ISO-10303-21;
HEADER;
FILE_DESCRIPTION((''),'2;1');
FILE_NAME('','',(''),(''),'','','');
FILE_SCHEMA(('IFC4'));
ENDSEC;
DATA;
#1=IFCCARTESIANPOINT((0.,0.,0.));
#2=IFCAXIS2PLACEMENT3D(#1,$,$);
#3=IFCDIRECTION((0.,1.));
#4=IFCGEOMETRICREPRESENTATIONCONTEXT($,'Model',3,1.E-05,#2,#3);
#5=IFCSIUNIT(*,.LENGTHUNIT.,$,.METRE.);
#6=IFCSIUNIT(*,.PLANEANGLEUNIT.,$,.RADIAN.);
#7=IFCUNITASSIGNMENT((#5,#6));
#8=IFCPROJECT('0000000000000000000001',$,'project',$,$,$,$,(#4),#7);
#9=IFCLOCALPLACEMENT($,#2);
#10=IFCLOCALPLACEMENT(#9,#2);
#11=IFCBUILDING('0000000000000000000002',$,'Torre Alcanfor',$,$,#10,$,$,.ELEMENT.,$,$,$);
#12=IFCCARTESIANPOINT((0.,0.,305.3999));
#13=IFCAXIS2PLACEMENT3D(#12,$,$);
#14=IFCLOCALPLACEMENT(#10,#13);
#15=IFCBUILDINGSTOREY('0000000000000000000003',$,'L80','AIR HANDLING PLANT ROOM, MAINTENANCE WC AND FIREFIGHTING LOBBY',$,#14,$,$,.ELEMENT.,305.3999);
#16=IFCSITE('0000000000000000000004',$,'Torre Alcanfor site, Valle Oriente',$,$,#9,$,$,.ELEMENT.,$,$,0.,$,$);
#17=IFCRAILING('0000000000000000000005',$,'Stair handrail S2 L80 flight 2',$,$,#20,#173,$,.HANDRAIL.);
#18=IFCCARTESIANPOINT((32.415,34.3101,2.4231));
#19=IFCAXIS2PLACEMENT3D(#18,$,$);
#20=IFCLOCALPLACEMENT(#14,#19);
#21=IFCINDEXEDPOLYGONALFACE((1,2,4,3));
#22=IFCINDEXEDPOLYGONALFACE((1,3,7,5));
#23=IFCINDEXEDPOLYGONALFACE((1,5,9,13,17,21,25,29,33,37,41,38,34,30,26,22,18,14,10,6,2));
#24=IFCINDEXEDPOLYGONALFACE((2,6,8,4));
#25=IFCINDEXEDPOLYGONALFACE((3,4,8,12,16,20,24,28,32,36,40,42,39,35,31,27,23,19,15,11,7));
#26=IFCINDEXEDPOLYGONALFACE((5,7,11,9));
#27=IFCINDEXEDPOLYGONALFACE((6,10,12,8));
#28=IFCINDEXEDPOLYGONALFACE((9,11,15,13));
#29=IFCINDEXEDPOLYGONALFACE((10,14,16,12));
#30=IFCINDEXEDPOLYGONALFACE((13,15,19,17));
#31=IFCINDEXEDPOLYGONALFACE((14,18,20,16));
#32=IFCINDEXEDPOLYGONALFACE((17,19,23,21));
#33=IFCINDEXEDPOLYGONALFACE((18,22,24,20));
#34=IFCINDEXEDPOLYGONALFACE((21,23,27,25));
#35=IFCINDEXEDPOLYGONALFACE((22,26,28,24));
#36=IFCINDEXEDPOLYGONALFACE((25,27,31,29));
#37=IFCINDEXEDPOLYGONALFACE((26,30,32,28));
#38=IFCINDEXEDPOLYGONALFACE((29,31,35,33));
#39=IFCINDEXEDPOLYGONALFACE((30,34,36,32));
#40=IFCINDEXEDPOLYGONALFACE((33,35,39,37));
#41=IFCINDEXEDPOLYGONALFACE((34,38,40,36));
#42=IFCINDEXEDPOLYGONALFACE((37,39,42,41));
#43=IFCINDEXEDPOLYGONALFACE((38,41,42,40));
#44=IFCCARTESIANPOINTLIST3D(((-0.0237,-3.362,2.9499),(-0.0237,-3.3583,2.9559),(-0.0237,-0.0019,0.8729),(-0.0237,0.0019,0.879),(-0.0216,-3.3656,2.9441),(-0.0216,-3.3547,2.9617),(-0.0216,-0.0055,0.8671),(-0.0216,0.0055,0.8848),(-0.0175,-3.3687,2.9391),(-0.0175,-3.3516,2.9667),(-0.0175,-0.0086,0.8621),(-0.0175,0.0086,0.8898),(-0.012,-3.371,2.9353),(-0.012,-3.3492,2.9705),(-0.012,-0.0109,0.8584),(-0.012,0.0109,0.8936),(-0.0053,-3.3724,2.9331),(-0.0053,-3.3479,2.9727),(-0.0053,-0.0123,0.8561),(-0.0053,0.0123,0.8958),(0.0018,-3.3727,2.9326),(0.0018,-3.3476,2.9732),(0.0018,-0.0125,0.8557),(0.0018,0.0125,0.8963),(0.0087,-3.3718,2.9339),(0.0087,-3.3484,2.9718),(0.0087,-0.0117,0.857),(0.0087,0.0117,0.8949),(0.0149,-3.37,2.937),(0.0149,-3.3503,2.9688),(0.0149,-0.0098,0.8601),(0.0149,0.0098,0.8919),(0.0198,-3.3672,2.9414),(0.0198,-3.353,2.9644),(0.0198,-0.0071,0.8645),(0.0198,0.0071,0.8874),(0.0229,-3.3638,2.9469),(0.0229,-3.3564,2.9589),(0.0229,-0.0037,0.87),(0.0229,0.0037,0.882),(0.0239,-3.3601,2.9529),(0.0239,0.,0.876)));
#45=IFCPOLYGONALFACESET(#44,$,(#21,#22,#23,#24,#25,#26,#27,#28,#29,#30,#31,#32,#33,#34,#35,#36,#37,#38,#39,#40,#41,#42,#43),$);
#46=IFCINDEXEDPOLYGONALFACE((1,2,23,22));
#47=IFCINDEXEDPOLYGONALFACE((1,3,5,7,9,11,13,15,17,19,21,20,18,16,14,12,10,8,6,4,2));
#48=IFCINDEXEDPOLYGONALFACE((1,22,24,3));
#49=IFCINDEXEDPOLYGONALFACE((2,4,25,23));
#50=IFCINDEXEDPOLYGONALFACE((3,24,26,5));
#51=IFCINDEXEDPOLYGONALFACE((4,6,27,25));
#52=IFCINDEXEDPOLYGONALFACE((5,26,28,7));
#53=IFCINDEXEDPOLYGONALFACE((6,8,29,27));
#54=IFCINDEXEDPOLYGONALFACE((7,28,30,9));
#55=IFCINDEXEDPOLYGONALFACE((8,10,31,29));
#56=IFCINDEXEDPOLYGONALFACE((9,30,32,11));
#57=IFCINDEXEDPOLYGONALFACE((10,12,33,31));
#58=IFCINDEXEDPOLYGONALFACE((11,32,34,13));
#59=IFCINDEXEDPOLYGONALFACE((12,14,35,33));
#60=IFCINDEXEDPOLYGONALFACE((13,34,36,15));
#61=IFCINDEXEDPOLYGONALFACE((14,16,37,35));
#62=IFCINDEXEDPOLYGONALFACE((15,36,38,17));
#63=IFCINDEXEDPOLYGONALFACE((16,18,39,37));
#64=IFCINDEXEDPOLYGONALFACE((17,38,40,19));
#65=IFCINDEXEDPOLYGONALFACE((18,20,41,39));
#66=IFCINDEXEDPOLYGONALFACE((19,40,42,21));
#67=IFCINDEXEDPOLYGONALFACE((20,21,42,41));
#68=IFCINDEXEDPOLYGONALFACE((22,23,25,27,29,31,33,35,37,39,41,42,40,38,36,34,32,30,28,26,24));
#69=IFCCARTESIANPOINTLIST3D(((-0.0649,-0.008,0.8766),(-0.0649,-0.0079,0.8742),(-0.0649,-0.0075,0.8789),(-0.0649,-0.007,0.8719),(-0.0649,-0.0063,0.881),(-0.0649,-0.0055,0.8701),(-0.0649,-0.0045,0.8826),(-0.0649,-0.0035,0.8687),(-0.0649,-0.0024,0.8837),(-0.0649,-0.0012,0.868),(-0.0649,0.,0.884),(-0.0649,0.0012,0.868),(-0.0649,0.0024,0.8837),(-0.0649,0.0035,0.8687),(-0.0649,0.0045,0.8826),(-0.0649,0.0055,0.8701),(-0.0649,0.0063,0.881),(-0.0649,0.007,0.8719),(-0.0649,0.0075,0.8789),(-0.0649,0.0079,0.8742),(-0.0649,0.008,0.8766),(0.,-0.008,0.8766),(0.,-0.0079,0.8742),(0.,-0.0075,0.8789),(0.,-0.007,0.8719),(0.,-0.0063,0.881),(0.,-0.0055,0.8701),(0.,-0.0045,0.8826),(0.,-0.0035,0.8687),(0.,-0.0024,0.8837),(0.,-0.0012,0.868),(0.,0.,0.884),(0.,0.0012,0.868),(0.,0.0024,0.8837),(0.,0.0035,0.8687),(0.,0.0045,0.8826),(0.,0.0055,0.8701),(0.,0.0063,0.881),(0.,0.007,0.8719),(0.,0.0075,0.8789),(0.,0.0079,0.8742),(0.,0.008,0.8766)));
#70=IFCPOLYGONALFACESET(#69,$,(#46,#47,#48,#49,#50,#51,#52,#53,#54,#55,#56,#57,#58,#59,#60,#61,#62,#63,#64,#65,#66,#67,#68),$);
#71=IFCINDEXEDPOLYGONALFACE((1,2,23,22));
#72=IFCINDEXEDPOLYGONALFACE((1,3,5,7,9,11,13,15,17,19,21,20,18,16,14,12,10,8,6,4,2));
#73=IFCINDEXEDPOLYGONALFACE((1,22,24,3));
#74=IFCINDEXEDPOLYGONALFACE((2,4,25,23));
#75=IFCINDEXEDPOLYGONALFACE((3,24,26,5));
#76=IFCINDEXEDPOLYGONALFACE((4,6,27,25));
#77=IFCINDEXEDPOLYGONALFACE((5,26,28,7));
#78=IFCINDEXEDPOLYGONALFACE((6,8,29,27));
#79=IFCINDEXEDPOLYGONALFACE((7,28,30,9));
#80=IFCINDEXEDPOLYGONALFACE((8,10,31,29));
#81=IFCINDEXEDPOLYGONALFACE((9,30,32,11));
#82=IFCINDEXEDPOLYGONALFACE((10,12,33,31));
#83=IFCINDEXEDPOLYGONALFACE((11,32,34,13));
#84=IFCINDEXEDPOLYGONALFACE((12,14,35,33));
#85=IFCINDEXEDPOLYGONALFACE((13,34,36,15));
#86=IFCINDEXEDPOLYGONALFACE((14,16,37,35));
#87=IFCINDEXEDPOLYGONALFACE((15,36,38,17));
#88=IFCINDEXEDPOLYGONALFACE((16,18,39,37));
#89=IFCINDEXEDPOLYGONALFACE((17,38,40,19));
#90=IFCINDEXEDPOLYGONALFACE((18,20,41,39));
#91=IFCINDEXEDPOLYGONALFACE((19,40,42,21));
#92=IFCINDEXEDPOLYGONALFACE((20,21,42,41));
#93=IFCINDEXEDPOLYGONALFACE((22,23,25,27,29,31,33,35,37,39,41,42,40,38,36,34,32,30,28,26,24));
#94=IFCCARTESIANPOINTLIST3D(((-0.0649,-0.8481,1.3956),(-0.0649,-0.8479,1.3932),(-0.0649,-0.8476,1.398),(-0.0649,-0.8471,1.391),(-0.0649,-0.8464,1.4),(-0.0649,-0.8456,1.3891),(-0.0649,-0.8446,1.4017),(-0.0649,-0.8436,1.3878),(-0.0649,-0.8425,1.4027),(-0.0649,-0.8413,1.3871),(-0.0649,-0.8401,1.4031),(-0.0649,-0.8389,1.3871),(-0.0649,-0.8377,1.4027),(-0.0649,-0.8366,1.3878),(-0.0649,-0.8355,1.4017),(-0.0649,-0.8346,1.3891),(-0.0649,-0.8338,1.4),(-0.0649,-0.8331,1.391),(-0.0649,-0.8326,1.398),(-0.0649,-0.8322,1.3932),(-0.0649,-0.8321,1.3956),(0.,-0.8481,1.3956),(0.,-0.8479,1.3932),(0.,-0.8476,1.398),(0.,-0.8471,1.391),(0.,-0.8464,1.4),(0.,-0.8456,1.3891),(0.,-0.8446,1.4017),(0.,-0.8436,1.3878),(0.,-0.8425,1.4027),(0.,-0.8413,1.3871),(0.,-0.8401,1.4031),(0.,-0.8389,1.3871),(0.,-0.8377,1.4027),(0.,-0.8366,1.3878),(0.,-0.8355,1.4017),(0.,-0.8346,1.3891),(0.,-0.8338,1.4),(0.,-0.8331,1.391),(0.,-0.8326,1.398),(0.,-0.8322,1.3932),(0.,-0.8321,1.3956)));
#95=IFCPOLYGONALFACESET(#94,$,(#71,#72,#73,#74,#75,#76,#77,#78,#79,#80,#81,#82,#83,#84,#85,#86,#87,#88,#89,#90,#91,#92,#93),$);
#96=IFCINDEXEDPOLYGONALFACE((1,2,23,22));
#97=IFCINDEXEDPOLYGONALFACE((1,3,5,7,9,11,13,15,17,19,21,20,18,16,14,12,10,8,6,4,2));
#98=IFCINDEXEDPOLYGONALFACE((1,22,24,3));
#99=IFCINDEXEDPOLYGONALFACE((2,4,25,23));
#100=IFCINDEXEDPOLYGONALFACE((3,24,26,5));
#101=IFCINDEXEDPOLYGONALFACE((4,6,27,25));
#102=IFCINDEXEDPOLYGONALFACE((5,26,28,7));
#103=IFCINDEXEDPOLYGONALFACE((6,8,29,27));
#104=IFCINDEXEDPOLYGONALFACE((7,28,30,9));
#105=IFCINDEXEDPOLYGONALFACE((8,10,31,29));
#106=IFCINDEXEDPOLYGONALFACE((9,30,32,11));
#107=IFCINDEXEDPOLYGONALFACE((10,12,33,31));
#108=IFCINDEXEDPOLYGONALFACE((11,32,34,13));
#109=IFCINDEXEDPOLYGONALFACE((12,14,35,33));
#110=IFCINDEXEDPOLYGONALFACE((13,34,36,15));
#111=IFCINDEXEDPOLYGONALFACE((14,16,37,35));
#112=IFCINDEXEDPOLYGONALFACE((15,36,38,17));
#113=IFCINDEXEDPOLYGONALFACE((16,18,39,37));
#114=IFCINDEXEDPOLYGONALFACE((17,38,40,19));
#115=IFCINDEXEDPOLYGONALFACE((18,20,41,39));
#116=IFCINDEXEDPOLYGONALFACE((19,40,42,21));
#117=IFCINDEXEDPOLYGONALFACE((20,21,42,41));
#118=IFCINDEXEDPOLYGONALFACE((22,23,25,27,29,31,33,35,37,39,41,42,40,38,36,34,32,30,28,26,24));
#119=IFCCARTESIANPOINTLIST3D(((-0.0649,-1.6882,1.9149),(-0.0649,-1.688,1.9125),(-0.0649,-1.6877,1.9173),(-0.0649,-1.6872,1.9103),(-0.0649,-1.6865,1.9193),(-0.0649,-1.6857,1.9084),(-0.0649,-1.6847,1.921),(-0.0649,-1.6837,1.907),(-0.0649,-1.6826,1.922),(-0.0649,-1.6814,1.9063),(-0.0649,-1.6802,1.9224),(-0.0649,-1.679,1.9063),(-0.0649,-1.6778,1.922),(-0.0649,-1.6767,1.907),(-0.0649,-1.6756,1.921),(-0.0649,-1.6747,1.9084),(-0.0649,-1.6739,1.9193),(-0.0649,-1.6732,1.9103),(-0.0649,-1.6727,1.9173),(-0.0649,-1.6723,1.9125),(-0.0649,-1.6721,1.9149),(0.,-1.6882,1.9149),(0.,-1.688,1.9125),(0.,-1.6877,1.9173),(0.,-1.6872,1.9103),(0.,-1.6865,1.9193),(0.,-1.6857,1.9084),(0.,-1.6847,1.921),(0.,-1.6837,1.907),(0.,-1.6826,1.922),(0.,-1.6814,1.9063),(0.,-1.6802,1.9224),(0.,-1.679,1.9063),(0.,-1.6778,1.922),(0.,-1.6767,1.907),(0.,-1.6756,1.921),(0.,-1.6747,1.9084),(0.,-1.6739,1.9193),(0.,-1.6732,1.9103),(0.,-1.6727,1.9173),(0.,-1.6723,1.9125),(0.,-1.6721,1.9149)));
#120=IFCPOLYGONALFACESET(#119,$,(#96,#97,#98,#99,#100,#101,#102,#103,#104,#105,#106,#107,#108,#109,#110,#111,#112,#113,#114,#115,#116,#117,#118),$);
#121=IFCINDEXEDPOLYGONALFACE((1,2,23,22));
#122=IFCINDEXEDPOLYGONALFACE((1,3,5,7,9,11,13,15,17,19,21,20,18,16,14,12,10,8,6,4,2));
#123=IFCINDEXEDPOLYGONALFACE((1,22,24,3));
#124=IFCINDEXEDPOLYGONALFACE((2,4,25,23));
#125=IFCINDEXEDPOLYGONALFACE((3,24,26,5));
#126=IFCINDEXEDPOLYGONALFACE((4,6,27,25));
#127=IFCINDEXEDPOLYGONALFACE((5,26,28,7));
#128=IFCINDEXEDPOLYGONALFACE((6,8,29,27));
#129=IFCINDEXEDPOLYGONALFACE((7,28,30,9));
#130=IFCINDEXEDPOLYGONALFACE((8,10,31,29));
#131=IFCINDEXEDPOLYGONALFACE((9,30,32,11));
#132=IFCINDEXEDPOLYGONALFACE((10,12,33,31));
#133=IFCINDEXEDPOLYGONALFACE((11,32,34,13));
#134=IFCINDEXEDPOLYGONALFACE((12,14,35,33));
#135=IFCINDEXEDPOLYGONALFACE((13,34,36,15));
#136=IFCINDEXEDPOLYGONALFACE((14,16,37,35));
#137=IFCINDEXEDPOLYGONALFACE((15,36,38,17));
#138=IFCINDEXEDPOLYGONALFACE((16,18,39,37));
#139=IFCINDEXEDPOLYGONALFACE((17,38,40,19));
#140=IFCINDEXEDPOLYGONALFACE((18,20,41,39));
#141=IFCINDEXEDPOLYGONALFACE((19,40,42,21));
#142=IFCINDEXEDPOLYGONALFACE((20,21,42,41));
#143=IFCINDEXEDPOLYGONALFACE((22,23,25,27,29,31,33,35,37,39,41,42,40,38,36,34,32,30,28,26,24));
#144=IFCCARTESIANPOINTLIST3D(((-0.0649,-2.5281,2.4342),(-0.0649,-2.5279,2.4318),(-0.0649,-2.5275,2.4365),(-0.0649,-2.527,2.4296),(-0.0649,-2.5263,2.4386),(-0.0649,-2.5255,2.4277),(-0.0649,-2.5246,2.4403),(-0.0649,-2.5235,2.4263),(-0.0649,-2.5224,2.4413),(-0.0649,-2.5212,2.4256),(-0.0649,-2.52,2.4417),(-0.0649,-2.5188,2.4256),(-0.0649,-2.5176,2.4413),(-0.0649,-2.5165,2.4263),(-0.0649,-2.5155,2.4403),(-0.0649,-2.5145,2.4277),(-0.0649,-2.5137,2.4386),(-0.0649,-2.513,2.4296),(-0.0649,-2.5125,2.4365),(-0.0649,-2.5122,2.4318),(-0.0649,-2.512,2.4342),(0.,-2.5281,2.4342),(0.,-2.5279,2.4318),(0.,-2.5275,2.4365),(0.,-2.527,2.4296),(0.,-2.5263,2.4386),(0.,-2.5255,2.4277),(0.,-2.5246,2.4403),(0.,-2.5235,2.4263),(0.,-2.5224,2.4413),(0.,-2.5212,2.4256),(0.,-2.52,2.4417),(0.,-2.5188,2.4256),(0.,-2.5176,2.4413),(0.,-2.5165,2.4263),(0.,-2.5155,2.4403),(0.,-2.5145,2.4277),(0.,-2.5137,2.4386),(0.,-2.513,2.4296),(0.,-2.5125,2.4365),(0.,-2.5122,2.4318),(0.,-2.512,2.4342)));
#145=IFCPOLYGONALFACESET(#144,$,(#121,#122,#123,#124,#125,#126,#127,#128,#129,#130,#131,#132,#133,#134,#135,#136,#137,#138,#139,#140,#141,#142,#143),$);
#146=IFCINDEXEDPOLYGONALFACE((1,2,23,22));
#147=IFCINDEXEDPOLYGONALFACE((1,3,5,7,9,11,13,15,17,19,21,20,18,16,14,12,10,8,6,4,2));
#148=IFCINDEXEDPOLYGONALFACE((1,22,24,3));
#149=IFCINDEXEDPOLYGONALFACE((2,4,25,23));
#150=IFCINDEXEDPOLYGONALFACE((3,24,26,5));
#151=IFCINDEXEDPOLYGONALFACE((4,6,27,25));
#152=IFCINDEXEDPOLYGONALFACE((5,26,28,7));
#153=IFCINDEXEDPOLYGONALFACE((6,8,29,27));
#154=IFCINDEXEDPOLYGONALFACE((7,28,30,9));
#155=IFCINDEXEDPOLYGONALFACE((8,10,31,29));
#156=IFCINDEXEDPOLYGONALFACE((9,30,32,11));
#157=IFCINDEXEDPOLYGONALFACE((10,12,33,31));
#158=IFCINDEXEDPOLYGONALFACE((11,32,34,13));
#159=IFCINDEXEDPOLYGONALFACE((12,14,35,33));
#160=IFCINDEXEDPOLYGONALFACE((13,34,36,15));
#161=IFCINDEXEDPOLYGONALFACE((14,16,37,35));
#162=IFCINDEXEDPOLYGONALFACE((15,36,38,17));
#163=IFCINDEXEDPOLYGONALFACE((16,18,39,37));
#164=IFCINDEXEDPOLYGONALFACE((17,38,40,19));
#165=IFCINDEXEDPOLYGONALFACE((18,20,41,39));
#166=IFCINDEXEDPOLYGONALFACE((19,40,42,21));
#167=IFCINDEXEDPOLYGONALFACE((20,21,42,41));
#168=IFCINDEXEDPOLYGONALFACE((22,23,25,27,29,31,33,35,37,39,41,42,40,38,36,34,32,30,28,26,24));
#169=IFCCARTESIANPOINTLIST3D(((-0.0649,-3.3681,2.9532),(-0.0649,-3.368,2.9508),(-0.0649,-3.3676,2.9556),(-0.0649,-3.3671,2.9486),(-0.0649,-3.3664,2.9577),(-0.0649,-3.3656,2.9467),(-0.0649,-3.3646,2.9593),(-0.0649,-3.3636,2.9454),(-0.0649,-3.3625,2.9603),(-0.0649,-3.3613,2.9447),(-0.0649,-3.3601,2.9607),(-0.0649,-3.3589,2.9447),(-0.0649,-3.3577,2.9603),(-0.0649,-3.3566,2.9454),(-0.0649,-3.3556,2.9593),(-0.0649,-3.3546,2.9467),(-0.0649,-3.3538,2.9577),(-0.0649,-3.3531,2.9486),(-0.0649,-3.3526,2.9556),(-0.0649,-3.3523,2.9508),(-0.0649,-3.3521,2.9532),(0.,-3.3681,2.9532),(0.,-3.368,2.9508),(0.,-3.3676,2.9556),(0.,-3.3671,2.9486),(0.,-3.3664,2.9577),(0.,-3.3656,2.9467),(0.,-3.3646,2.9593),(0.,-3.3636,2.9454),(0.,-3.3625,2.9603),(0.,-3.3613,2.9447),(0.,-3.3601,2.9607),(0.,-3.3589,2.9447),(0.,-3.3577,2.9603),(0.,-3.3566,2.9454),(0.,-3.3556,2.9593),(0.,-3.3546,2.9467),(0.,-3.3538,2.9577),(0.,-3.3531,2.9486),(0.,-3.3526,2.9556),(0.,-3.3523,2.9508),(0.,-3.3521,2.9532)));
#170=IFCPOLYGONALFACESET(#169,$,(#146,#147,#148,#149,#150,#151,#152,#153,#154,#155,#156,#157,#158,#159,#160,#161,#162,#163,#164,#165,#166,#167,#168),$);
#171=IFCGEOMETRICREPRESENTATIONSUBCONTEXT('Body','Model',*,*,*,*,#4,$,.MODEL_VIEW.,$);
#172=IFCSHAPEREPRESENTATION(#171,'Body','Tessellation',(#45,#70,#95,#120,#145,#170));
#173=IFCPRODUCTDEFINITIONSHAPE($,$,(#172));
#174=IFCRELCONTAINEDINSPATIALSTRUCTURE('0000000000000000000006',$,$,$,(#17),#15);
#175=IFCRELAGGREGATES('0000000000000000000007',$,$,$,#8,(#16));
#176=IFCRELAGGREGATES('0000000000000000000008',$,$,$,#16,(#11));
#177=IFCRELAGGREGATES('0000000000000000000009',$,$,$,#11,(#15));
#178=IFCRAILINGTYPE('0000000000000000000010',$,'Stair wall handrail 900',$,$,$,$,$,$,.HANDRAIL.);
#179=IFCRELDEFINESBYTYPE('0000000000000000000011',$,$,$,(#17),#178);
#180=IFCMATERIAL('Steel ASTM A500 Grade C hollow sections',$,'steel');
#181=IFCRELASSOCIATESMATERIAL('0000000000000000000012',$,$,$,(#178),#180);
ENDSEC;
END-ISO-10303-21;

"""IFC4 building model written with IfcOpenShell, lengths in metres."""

from ifc_helpers import new_model, si_unit, direction, frame, origin, origin_2d, place, context, subcontext, project, spatial, circle, extrude, material, type_object, element, save


model = new_model("IFC4")

# Units and contexts
model_context = context("Model", 3, precision=1e-05, world=origin(), true_north=direction((0.0, 1.0)))
body_context = subcontext(model_context, "Body", "Model", "MODEL_VIEW")
ifc_project = project(units=[si_unit("LENGTHUNIT", "METRE"), si_unit("PLANEANGLEUNIT", "RADIAN")], contexts=[model_context])

# Site, building, storey
site_placement = place(None, origin())
site = spatial("IfcSite", under=ifc_project, at=site_placement, Name="Torre Alcanfor site, Valle Oriente", CompositionType="ELEMENT", RefElevation=0.0)
building_placement = place(site_placement, origin())
building = spatial("IfcBuilding", under=site, at=building_placement, Name="Torre Alcanfor", CompositionType="ELEMENT")
storey_placement = place(building_placement, frame((0.0, 0.0, 305.3999)))
storey = spatial("IfcBuildingStorey", under=building, at=storey_placement, Name="L80", Description="AIR HANDLING PLANT ROOM, MAINTENANCE WC AND FIREFIGHTING LOBBY", CompositionType="ELEMENT", Elevation=305.3999)

# Railing
ifc_material_1 = material(Name="Steel ASTM A500 Grade C hollow sections", Category="steel")
railing_type_1 = type_object("IfcRailingType", Name="Stair wall handrail 900", PredefinedType="HANDRAIL", material=ifc_material_1)
railing_1_placement = place(storey_placement, frame((32.415, 34.3101, 2.4231)))
element("IfcRailing", 1, at=railing_1_placement, inside=storey, type_object=railing_type_1, Name="Stair handrail S2 L80 flight 2", PredefinedType="HANDRAIL", context=body_context, shape_type="SweptSolid", body=[
    extrude(circle(Radius=0.0239, at=origin_2d()), frame((0.0, 0.0, 0.876), z_axis=(0.0, -0.850623, 0.525776), x_axis=(1.0, 0.0, 0.0)), (0.0, 0.0, 1.0), 3.9502),
    extrude(circle(Radius=0.0081, at=origin_2d()), frame((0.0, 0.0, 0.876), z_axis=(-1.0, 0.0, 0.0), x_axis=(0.0, 0.0, 1.0)), (0.0, 0.0, 1.0), 0.0649),
    extrude(circle(Radius=0.0081, at=origin_2d()), frame((0.0, -0.8401, 1.395), z_axis=(-1.0, 0.0, 0.0), x_axis=(0.0, 0.0, 1.0)), (0.0, 0.0, 1.0), 0.0649),
    extrude(circle(Radius=0.0081, at=origin_2d()), frame((0.0, -1.6802, 1.9143), z_axis=(-1.0, 0.0, 0.0), x_axis=(0.0, 0.0, 1.0)), (0.0, 0.0, 1.0), 0.0649),
    extrude(circle(Radius=0.0081, at=origin_2d()), frame((0.0, -2.52, 2.4336), z_axis=(-1.0, 0.0, 0.0), x_axis=(0.0, 0.0, 1.0)), (0.0, 0.0, 1.0), 0.0649),
    extrude(circle(Radius=0.0081, at=origin_2d()), frame((0.0, -3.3601, 2.9526), z_axis=(-1.0, 0.0, 0.0), x_axis=(0.0, 0.0, 1.0)), (0.0, 0.0, 1.0), 0.0649),
])

save(model, "model.ifc")
